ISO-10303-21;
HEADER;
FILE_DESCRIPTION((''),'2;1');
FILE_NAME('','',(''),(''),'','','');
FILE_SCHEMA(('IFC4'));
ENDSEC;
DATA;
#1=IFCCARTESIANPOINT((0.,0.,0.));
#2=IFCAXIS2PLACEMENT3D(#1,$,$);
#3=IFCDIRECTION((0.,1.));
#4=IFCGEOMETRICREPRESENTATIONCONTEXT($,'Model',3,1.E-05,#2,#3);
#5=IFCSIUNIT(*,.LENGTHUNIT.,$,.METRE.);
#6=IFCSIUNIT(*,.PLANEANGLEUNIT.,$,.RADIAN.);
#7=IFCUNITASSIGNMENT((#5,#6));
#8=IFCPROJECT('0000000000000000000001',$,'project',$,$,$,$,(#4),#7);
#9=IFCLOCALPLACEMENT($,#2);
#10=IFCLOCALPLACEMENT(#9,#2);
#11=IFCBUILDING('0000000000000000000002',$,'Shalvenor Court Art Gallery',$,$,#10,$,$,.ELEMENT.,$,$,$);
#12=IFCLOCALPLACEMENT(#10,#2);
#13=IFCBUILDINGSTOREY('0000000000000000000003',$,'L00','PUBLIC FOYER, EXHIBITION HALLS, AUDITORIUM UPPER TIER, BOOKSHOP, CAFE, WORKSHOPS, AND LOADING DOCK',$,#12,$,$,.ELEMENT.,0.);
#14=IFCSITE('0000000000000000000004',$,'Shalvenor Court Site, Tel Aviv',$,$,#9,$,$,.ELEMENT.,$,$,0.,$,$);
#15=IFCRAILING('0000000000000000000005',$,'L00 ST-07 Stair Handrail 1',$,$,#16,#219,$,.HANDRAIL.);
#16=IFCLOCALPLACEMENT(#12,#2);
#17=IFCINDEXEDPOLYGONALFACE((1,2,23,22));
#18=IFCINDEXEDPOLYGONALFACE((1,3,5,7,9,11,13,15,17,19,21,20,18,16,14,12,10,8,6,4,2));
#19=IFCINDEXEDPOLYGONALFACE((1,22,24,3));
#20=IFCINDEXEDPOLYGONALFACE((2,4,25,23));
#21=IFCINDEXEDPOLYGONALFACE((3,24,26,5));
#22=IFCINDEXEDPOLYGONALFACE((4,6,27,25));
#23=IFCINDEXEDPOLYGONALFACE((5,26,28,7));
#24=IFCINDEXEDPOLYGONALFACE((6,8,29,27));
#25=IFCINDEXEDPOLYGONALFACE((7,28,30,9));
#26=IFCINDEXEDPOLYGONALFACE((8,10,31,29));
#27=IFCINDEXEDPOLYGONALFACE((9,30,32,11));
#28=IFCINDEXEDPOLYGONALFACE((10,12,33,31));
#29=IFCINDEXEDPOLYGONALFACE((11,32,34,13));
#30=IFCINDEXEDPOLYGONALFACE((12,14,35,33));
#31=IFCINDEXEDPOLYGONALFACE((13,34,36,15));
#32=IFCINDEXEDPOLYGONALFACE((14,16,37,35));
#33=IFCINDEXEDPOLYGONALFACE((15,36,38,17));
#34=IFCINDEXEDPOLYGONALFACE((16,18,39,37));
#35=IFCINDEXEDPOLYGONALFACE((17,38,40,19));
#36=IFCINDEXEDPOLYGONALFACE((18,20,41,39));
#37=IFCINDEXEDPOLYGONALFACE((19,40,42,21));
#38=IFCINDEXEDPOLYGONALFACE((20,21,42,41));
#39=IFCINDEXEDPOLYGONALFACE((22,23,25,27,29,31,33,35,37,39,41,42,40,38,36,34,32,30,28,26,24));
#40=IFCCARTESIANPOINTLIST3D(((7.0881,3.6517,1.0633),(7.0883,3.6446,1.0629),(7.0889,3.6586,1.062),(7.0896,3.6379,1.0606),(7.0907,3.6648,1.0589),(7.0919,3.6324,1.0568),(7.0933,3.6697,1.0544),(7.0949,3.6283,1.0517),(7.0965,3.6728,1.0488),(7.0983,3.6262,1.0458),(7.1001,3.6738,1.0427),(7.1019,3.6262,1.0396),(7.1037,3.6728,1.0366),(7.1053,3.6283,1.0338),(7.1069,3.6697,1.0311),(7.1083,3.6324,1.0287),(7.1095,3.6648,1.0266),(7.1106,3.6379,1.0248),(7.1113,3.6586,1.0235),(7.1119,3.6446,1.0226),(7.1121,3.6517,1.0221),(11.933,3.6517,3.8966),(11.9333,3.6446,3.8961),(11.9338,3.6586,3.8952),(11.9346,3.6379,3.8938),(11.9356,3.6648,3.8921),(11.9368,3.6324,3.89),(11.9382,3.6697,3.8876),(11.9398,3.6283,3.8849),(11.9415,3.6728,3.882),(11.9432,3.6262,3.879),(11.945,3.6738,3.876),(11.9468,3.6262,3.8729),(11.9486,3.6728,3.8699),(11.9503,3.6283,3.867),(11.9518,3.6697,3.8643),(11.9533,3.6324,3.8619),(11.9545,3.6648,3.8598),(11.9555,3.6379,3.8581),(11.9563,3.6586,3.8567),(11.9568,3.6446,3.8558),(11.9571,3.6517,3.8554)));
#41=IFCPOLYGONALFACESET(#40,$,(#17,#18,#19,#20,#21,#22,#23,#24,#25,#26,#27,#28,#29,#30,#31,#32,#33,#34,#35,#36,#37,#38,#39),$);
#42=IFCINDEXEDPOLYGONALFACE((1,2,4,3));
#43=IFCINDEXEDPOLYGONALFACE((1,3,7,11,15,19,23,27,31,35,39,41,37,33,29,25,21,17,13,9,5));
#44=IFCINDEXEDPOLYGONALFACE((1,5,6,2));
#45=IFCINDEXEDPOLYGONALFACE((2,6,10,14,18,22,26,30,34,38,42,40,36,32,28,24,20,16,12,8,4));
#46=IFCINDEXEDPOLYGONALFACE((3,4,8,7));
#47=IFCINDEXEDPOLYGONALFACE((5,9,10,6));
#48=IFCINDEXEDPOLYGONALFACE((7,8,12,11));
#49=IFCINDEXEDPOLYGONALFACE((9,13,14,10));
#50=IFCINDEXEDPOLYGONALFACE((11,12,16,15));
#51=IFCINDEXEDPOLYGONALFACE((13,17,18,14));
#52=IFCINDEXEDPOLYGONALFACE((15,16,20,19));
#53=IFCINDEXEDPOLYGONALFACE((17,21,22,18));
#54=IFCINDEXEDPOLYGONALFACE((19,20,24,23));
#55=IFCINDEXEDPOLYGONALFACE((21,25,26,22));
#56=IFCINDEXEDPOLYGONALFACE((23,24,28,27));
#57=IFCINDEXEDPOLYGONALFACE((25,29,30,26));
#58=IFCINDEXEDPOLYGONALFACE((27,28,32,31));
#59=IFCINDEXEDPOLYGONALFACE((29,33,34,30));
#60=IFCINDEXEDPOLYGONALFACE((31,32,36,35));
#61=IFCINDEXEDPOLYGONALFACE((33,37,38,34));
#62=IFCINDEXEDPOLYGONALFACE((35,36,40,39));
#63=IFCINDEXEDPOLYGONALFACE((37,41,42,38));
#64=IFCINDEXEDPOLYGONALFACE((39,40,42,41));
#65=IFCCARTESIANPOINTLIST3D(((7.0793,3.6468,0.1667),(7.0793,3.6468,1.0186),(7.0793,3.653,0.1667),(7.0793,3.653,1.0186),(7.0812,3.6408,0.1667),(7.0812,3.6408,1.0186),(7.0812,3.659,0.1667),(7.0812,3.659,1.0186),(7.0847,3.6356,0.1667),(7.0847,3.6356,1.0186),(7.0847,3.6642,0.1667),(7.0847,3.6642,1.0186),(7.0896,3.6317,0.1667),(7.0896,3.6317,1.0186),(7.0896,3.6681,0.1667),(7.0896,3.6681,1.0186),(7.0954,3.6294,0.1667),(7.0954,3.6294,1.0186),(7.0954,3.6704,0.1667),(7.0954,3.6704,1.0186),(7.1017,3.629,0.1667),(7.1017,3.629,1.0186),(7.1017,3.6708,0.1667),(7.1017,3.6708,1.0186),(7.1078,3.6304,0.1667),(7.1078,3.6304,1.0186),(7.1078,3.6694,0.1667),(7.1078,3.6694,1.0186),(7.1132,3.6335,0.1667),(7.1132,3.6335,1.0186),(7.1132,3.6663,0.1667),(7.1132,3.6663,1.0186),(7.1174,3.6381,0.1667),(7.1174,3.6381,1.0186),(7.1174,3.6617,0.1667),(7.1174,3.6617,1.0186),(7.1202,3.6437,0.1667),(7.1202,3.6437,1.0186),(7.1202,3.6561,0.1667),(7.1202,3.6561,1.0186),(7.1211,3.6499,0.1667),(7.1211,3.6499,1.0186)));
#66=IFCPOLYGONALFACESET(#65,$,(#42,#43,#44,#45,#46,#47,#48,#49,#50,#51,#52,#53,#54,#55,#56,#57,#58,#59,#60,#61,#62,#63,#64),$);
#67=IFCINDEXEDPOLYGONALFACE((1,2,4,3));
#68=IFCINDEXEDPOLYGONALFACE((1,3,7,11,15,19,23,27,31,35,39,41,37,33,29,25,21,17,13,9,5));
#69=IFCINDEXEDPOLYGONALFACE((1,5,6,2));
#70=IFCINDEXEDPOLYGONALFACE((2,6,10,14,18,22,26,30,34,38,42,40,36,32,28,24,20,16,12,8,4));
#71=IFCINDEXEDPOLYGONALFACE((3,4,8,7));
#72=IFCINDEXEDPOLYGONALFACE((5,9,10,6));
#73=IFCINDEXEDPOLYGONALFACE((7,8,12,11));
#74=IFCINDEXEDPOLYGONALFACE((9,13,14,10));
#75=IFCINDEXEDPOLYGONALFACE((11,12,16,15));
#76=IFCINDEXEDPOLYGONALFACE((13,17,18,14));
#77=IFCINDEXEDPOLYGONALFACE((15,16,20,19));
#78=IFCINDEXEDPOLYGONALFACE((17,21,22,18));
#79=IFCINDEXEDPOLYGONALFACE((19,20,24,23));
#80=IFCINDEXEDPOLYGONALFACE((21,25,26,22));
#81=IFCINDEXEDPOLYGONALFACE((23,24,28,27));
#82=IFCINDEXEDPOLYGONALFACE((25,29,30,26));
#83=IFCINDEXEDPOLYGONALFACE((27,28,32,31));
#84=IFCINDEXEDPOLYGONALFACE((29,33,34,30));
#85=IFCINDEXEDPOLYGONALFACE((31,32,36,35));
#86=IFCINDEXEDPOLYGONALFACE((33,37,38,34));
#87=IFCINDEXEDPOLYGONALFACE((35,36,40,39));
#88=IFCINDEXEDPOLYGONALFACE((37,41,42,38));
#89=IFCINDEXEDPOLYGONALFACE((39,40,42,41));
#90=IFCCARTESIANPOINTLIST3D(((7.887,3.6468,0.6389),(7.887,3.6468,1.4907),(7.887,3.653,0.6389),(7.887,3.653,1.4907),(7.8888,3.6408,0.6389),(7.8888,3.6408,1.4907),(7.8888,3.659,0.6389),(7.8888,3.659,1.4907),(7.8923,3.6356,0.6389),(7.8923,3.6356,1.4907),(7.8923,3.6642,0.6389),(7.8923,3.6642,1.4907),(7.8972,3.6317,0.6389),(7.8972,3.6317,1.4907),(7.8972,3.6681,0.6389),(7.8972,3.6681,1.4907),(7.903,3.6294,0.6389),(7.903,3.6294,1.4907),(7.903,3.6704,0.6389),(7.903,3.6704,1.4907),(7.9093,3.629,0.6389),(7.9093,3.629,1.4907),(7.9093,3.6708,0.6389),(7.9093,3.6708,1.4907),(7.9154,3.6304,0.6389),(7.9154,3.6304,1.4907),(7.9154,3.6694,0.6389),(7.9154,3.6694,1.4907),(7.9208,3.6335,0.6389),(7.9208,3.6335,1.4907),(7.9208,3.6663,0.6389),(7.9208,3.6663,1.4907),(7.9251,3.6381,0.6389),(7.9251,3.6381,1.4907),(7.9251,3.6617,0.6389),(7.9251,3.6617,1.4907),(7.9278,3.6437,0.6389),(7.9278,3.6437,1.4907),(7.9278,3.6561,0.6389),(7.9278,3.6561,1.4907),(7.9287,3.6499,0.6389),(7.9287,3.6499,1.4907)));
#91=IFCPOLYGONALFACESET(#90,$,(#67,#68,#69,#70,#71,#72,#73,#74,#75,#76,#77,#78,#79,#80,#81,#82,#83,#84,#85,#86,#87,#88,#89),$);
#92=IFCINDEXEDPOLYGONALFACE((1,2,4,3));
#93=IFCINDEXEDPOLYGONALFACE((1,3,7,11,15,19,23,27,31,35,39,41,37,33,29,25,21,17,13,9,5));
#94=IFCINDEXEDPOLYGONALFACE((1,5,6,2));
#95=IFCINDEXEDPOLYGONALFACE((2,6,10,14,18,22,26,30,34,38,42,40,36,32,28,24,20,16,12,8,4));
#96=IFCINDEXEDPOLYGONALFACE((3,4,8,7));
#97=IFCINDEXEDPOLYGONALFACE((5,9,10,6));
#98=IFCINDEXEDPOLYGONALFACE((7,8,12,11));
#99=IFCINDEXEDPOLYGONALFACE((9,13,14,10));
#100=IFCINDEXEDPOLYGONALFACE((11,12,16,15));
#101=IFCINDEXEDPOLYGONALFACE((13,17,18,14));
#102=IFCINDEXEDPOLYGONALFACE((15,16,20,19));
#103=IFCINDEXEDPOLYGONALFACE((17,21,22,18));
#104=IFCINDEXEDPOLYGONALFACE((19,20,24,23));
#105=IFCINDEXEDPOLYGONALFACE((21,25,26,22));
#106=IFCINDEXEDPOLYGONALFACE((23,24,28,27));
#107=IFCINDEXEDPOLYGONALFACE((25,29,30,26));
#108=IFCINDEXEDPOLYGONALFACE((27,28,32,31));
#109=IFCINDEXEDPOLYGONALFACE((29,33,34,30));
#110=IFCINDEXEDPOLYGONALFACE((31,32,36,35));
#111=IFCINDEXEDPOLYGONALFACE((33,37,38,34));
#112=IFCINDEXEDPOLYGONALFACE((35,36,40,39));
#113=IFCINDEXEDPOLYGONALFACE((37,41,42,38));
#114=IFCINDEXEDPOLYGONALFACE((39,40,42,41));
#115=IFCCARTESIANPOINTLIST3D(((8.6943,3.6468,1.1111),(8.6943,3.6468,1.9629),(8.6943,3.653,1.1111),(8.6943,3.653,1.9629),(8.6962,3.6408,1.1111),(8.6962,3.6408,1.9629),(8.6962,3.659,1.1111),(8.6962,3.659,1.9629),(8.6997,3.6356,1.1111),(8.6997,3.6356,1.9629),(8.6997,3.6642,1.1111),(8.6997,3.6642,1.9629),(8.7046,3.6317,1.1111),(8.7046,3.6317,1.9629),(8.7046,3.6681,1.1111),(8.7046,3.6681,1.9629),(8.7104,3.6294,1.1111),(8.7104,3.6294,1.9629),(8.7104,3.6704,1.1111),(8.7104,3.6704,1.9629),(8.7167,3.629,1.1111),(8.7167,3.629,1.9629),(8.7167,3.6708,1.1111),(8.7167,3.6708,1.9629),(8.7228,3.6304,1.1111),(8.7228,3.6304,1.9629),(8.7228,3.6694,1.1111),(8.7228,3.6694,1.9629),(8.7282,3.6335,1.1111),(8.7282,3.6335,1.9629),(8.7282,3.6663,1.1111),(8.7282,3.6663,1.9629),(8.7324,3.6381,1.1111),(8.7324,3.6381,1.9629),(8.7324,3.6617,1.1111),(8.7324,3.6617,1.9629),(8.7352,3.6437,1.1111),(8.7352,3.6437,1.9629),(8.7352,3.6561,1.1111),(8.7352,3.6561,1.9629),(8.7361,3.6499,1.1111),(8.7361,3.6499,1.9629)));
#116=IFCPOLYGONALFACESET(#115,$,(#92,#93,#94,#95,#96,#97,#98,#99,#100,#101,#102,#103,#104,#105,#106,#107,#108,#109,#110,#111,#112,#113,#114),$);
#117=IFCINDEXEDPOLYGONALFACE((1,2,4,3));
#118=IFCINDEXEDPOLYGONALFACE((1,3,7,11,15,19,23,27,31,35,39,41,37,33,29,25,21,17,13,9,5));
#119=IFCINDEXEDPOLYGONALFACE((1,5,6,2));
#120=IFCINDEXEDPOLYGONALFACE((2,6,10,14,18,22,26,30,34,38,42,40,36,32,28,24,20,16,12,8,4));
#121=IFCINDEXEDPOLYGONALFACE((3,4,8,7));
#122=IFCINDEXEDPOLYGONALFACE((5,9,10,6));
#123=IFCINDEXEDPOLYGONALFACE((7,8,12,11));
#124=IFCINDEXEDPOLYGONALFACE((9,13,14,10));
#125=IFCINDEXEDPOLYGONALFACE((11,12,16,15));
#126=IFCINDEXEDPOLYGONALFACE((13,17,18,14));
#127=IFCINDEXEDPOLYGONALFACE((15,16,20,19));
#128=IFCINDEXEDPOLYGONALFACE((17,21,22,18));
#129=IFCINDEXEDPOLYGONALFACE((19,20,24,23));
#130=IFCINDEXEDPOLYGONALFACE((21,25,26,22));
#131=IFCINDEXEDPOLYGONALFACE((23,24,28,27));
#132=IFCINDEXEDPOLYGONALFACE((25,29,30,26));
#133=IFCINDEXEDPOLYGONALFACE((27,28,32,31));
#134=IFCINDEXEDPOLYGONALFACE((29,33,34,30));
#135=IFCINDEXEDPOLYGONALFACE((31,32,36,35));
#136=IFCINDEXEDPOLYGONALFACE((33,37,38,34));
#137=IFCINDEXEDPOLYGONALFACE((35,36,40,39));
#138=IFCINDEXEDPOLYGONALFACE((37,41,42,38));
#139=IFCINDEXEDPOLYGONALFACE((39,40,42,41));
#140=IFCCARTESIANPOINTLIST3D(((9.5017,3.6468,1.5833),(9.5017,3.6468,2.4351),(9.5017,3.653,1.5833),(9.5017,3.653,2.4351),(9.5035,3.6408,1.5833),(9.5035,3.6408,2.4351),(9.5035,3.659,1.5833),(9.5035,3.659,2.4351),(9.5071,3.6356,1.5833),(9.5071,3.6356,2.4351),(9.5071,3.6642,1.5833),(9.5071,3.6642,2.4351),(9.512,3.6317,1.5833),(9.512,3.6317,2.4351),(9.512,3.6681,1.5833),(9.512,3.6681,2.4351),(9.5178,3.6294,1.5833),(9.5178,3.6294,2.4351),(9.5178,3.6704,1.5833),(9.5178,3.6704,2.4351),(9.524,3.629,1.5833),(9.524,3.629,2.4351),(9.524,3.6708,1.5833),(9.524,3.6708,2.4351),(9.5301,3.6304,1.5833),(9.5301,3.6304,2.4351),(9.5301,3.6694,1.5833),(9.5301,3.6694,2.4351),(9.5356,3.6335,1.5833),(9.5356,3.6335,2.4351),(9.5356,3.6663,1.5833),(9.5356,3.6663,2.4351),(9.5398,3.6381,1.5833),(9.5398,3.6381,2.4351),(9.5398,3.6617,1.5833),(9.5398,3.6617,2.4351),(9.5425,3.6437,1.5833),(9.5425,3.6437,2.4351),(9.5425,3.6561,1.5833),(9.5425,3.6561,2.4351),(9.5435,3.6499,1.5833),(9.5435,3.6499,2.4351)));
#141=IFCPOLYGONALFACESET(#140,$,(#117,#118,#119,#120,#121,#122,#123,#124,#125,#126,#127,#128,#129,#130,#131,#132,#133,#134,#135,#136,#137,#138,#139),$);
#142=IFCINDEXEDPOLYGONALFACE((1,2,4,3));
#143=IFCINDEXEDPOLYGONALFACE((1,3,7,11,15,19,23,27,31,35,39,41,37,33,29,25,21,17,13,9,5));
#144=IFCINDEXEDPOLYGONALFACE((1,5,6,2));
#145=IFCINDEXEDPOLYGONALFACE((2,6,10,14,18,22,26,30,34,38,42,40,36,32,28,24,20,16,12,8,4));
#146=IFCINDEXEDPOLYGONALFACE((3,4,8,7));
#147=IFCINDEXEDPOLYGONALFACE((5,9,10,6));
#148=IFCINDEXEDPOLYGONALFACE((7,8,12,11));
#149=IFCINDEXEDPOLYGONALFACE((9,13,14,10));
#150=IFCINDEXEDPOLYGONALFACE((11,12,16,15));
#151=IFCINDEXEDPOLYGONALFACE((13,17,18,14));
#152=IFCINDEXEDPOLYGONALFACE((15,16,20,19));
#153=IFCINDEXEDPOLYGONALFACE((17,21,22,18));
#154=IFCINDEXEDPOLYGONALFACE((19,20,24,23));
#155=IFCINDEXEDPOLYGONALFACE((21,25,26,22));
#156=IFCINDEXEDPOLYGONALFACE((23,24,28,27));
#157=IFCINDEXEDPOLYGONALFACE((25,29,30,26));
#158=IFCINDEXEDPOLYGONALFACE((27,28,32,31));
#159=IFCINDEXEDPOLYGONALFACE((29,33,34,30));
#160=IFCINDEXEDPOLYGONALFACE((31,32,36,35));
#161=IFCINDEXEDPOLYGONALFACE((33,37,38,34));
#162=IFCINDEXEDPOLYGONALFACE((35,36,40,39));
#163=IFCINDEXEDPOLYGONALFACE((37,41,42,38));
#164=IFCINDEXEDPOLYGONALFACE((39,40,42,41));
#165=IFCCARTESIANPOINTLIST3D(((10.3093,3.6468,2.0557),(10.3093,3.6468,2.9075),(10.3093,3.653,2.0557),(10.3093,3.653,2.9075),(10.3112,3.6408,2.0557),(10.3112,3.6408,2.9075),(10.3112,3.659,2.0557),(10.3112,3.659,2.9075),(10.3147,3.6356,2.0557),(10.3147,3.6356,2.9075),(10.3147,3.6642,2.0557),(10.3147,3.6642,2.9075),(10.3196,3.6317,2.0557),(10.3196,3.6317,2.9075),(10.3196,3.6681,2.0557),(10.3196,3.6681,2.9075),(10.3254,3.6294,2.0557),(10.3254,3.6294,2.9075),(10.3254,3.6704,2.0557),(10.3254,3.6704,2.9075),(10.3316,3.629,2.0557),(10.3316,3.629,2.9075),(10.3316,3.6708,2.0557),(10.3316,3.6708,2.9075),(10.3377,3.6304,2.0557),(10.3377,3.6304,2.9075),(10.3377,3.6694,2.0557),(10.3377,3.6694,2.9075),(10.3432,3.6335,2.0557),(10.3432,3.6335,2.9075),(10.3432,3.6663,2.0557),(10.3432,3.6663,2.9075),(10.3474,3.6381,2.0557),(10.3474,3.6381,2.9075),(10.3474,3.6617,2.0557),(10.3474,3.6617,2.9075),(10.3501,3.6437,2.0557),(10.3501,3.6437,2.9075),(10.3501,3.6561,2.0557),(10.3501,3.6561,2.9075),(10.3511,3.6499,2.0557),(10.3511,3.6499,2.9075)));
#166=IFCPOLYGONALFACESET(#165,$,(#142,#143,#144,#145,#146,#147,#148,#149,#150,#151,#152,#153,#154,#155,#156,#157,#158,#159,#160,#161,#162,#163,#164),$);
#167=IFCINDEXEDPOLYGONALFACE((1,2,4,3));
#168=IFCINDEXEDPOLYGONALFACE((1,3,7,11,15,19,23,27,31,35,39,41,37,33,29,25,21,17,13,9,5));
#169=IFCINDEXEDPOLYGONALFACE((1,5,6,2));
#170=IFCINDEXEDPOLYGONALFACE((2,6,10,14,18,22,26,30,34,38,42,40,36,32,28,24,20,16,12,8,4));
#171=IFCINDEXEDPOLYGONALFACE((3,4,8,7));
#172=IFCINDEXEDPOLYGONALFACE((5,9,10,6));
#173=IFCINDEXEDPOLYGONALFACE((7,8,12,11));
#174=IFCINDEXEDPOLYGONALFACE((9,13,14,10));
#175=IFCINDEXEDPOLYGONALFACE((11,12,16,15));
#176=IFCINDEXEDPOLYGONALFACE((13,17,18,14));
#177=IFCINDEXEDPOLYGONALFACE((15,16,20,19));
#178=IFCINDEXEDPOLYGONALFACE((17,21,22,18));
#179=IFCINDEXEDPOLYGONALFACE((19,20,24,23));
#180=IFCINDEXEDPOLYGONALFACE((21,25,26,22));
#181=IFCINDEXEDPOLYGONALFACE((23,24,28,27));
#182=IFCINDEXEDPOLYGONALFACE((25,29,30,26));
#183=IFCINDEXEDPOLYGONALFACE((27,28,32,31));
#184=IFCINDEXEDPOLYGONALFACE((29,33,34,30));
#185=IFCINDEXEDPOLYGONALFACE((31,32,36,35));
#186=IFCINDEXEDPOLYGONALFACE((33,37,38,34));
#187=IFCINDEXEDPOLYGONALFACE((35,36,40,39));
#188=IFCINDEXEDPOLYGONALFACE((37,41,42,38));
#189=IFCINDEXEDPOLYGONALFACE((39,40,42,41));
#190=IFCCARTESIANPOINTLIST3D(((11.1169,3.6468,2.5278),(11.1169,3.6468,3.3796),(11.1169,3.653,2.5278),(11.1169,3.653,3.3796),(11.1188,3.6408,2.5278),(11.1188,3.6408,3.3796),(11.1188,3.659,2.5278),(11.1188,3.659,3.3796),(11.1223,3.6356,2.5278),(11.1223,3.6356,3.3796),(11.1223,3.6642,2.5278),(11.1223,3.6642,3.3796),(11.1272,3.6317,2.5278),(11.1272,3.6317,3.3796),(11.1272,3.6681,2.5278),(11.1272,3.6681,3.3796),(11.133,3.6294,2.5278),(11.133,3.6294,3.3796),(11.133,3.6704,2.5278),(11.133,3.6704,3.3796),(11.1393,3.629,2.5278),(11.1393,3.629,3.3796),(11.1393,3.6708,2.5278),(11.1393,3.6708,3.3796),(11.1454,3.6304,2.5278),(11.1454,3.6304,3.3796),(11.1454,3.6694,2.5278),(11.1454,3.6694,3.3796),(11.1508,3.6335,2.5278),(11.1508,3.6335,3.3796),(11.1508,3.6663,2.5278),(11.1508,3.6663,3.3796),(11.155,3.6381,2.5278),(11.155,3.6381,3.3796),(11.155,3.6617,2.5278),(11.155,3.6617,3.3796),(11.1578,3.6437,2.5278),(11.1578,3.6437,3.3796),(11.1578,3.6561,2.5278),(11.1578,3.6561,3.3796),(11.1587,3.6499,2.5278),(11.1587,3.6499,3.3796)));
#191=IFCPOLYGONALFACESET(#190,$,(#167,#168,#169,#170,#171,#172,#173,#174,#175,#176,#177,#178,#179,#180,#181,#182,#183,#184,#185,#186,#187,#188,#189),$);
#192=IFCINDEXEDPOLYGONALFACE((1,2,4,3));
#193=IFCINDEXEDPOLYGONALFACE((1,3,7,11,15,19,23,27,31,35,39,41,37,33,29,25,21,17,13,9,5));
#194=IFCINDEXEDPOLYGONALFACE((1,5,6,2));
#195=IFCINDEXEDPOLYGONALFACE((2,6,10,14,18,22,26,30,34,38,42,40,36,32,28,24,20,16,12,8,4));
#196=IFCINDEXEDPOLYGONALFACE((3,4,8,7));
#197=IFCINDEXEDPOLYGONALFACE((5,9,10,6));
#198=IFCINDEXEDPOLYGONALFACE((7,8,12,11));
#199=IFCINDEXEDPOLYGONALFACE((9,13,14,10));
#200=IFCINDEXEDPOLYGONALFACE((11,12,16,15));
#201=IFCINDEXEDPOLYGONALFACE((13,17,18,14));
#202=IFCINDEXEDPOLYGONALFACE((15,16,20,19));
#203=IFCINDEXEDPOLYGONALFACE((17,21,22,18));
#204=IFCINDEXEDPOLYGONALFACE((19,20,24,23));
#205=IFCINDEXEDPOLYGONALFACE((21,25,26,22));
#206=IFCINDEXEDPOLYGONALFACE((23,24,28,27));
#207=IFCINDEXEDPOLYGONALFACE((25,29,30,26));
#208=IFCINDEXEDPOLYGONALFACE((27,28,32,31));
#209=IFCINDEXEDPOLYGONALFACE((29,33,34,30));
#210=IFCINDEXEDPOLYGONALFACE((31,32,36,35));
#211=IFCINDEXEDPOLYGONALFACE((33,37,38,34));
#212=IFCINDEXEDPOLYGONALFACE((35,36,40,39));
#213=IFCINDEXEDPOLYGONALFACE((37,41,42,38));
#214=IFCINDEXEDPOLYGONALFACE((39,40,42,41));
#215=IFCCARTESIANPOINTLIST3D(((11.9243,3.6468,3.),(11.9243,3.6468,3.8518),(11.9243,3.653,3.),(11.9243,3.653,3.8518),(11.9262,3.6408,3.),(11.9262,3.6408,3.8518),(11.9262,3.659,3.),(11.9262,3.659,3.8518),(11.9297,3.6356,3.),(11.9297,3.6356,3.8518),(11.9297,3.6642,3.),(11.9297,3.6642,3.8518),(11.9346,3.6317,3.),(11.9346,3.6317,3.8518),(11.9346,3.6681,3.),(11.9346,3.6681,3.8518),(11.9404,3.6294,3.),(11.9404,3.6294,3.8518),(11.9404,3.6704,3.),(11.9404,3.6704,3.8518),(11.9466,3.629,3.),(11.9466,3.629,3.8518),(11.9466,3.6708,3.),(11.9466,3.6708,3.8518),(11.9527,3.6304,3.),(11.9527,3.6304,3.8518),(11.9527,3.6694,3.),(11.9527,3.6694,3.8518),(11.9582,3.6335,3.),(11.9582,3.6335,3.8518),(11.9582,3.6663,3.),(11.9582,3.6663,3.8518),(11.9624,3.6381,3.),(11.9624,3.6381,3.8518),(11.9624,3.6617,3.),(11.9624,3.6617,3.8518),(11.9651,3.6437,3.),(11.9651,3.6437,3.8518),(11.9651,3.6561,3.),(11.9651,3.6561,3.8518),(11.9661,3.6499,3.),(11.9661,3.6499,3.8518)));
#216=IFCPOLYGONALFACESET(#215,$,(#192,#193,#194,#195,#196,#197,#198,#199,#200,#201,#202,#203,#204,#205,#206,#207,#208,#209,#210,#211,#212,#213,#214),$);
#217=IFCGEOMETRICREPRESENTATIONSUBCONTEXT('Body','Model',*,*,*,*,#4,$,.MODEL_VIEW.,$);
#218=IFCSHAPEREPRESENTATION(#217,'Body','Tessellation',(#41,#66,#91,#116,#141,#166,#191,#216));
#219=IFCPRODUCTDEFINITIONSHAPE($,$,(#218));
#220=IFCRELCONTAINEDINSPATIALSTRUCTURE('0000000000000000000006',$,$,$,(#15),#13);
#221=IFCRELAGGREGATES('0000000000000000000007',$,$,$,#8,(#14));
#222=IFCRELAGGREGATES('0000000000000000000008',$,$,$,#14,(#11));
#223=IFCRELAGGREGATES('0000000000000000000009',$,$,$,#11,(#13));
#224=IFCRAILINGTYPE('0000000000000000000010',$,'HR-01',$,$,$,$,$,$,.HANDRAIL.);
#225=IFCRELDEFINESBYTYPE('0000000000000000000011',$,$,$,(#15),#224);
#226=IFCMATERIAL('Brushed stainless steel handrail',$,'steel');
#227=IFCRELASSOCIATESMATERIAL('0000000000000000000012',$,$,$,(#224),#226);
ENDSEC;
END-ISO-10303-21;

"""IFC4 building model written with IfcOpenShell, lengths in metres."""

from ifc_helpers import new_model, si_unit, direction, frame, origin, origin_2d, place, context, subcontext, project, spatial, circle, extrude, material, type_object, element, save


model = new_model("IFC4")

# Units and contexts
model_context = context("Model", 3, precision=1e-05, world=origin(), true_north=direction((0.0, 1.0)))
body_context = subcontext(model_context, "Body", "Model", "MODEL_VIEW")
ifc_project = project(units=[si_unit("LENGTHUNIT", "METRE"), si_unit("PLANEANGLEUNIT", "RADIAN")], contexts=[model_context])

# Site, building, storey
site_placement = place(None, origin())
site = spatial("IfcSite", under=ifc_project, at=site_placement, Name="Shalvenor Court Site, Tel Aviv", CompositionType="ELEMENT", RefElevation=0.0)
building_placement = place(site_placement, origin())
building = spatial("IfcBuilding", under=site, at=building_placement, Name="Shalvenor Court Art Gallery", CompositionType="ELEMENT")
storey_placement = place(building_placement, origin())
storey = spatial("IfcBuildingStorey", under=building, at=storey_placement, Name="L00", Description="PUBLIC FOYER, EXHIBITION HALLS, AUDITORIUM UPPER TIER, BOOKSHOP, CAFE, WORKSHOPS, AND LOADING DOCK", CompositionType="ELEMENT", Elevation=0.0)

# Railing
ifc_material_1 = material(Name="Brushed stainless steel handrail", Category="steel")
railing_type_1 = type_object("IfcRailingType", Name="HR-01", PredefinedType="HANDRAIL", material=ifc_material_1)
railing_1_placement = place(storey_placement, frame((7.1001, 3.6499, 0.1667)))
element("IfcRailing", 1, at=railing_1_placement, inside=storey, type_object=railing_type_1, Name="L00 ST-07 Stair Handrail 1", PredefinedType="HANDRAIL", context=body_context, shape_type="SweptSolid", body=[
    extrude(circle(Radius=0.0239, at=origin_2d()), frame((0.0, 0.0, 0.876), z_axis=(0.863234, 0.0, 0.504804), x_axis=(0.0, 1.0, 0.0)), (0.0, 0.0, 1.0), 5.6125),
    extrude(circle(Radius=0.021, at=origin_2d()), origin(), (0.0, 0.0, 1.0), 0.8518),
    extrude(circle(Radius=0.021, at=origin_2d()), frame((0.8076, 0.0, 0.4722)), (0.0, 0.0, 1.0), 0.8518),
    extrude(circle(Radius=0.021, at=origin_2d()), frame((1.615, 0.0, 0.9443)), (0.0, 0.0, 1.0), 0.8518),
    extrude(circle(Radius=0.021, at=origin_2d()), frame((2.4224, 0.0, 1.4165)), (0.0, 0.0, 1.0), 0.8518),
    extrude(circle(Radius=0.021, at=origin_2d()), frame((3.23, 0.0, 1.8889)), (0.0, 0.0, 1.0), 0.8518),
    extrude(circle(Radius=0.021, at=origin_2d()), frame((4.0376, 0.0, 2.3611)), (0.0, 0.0, 1.0), 0.8518),
    extrude(circle(Radius=0.021, at=origin_2d()), frame((4.845, 0.0, 2.8333)), (0.0, 0.0, 1.0), 0.8518),
])

save(model, "model.ifc")
